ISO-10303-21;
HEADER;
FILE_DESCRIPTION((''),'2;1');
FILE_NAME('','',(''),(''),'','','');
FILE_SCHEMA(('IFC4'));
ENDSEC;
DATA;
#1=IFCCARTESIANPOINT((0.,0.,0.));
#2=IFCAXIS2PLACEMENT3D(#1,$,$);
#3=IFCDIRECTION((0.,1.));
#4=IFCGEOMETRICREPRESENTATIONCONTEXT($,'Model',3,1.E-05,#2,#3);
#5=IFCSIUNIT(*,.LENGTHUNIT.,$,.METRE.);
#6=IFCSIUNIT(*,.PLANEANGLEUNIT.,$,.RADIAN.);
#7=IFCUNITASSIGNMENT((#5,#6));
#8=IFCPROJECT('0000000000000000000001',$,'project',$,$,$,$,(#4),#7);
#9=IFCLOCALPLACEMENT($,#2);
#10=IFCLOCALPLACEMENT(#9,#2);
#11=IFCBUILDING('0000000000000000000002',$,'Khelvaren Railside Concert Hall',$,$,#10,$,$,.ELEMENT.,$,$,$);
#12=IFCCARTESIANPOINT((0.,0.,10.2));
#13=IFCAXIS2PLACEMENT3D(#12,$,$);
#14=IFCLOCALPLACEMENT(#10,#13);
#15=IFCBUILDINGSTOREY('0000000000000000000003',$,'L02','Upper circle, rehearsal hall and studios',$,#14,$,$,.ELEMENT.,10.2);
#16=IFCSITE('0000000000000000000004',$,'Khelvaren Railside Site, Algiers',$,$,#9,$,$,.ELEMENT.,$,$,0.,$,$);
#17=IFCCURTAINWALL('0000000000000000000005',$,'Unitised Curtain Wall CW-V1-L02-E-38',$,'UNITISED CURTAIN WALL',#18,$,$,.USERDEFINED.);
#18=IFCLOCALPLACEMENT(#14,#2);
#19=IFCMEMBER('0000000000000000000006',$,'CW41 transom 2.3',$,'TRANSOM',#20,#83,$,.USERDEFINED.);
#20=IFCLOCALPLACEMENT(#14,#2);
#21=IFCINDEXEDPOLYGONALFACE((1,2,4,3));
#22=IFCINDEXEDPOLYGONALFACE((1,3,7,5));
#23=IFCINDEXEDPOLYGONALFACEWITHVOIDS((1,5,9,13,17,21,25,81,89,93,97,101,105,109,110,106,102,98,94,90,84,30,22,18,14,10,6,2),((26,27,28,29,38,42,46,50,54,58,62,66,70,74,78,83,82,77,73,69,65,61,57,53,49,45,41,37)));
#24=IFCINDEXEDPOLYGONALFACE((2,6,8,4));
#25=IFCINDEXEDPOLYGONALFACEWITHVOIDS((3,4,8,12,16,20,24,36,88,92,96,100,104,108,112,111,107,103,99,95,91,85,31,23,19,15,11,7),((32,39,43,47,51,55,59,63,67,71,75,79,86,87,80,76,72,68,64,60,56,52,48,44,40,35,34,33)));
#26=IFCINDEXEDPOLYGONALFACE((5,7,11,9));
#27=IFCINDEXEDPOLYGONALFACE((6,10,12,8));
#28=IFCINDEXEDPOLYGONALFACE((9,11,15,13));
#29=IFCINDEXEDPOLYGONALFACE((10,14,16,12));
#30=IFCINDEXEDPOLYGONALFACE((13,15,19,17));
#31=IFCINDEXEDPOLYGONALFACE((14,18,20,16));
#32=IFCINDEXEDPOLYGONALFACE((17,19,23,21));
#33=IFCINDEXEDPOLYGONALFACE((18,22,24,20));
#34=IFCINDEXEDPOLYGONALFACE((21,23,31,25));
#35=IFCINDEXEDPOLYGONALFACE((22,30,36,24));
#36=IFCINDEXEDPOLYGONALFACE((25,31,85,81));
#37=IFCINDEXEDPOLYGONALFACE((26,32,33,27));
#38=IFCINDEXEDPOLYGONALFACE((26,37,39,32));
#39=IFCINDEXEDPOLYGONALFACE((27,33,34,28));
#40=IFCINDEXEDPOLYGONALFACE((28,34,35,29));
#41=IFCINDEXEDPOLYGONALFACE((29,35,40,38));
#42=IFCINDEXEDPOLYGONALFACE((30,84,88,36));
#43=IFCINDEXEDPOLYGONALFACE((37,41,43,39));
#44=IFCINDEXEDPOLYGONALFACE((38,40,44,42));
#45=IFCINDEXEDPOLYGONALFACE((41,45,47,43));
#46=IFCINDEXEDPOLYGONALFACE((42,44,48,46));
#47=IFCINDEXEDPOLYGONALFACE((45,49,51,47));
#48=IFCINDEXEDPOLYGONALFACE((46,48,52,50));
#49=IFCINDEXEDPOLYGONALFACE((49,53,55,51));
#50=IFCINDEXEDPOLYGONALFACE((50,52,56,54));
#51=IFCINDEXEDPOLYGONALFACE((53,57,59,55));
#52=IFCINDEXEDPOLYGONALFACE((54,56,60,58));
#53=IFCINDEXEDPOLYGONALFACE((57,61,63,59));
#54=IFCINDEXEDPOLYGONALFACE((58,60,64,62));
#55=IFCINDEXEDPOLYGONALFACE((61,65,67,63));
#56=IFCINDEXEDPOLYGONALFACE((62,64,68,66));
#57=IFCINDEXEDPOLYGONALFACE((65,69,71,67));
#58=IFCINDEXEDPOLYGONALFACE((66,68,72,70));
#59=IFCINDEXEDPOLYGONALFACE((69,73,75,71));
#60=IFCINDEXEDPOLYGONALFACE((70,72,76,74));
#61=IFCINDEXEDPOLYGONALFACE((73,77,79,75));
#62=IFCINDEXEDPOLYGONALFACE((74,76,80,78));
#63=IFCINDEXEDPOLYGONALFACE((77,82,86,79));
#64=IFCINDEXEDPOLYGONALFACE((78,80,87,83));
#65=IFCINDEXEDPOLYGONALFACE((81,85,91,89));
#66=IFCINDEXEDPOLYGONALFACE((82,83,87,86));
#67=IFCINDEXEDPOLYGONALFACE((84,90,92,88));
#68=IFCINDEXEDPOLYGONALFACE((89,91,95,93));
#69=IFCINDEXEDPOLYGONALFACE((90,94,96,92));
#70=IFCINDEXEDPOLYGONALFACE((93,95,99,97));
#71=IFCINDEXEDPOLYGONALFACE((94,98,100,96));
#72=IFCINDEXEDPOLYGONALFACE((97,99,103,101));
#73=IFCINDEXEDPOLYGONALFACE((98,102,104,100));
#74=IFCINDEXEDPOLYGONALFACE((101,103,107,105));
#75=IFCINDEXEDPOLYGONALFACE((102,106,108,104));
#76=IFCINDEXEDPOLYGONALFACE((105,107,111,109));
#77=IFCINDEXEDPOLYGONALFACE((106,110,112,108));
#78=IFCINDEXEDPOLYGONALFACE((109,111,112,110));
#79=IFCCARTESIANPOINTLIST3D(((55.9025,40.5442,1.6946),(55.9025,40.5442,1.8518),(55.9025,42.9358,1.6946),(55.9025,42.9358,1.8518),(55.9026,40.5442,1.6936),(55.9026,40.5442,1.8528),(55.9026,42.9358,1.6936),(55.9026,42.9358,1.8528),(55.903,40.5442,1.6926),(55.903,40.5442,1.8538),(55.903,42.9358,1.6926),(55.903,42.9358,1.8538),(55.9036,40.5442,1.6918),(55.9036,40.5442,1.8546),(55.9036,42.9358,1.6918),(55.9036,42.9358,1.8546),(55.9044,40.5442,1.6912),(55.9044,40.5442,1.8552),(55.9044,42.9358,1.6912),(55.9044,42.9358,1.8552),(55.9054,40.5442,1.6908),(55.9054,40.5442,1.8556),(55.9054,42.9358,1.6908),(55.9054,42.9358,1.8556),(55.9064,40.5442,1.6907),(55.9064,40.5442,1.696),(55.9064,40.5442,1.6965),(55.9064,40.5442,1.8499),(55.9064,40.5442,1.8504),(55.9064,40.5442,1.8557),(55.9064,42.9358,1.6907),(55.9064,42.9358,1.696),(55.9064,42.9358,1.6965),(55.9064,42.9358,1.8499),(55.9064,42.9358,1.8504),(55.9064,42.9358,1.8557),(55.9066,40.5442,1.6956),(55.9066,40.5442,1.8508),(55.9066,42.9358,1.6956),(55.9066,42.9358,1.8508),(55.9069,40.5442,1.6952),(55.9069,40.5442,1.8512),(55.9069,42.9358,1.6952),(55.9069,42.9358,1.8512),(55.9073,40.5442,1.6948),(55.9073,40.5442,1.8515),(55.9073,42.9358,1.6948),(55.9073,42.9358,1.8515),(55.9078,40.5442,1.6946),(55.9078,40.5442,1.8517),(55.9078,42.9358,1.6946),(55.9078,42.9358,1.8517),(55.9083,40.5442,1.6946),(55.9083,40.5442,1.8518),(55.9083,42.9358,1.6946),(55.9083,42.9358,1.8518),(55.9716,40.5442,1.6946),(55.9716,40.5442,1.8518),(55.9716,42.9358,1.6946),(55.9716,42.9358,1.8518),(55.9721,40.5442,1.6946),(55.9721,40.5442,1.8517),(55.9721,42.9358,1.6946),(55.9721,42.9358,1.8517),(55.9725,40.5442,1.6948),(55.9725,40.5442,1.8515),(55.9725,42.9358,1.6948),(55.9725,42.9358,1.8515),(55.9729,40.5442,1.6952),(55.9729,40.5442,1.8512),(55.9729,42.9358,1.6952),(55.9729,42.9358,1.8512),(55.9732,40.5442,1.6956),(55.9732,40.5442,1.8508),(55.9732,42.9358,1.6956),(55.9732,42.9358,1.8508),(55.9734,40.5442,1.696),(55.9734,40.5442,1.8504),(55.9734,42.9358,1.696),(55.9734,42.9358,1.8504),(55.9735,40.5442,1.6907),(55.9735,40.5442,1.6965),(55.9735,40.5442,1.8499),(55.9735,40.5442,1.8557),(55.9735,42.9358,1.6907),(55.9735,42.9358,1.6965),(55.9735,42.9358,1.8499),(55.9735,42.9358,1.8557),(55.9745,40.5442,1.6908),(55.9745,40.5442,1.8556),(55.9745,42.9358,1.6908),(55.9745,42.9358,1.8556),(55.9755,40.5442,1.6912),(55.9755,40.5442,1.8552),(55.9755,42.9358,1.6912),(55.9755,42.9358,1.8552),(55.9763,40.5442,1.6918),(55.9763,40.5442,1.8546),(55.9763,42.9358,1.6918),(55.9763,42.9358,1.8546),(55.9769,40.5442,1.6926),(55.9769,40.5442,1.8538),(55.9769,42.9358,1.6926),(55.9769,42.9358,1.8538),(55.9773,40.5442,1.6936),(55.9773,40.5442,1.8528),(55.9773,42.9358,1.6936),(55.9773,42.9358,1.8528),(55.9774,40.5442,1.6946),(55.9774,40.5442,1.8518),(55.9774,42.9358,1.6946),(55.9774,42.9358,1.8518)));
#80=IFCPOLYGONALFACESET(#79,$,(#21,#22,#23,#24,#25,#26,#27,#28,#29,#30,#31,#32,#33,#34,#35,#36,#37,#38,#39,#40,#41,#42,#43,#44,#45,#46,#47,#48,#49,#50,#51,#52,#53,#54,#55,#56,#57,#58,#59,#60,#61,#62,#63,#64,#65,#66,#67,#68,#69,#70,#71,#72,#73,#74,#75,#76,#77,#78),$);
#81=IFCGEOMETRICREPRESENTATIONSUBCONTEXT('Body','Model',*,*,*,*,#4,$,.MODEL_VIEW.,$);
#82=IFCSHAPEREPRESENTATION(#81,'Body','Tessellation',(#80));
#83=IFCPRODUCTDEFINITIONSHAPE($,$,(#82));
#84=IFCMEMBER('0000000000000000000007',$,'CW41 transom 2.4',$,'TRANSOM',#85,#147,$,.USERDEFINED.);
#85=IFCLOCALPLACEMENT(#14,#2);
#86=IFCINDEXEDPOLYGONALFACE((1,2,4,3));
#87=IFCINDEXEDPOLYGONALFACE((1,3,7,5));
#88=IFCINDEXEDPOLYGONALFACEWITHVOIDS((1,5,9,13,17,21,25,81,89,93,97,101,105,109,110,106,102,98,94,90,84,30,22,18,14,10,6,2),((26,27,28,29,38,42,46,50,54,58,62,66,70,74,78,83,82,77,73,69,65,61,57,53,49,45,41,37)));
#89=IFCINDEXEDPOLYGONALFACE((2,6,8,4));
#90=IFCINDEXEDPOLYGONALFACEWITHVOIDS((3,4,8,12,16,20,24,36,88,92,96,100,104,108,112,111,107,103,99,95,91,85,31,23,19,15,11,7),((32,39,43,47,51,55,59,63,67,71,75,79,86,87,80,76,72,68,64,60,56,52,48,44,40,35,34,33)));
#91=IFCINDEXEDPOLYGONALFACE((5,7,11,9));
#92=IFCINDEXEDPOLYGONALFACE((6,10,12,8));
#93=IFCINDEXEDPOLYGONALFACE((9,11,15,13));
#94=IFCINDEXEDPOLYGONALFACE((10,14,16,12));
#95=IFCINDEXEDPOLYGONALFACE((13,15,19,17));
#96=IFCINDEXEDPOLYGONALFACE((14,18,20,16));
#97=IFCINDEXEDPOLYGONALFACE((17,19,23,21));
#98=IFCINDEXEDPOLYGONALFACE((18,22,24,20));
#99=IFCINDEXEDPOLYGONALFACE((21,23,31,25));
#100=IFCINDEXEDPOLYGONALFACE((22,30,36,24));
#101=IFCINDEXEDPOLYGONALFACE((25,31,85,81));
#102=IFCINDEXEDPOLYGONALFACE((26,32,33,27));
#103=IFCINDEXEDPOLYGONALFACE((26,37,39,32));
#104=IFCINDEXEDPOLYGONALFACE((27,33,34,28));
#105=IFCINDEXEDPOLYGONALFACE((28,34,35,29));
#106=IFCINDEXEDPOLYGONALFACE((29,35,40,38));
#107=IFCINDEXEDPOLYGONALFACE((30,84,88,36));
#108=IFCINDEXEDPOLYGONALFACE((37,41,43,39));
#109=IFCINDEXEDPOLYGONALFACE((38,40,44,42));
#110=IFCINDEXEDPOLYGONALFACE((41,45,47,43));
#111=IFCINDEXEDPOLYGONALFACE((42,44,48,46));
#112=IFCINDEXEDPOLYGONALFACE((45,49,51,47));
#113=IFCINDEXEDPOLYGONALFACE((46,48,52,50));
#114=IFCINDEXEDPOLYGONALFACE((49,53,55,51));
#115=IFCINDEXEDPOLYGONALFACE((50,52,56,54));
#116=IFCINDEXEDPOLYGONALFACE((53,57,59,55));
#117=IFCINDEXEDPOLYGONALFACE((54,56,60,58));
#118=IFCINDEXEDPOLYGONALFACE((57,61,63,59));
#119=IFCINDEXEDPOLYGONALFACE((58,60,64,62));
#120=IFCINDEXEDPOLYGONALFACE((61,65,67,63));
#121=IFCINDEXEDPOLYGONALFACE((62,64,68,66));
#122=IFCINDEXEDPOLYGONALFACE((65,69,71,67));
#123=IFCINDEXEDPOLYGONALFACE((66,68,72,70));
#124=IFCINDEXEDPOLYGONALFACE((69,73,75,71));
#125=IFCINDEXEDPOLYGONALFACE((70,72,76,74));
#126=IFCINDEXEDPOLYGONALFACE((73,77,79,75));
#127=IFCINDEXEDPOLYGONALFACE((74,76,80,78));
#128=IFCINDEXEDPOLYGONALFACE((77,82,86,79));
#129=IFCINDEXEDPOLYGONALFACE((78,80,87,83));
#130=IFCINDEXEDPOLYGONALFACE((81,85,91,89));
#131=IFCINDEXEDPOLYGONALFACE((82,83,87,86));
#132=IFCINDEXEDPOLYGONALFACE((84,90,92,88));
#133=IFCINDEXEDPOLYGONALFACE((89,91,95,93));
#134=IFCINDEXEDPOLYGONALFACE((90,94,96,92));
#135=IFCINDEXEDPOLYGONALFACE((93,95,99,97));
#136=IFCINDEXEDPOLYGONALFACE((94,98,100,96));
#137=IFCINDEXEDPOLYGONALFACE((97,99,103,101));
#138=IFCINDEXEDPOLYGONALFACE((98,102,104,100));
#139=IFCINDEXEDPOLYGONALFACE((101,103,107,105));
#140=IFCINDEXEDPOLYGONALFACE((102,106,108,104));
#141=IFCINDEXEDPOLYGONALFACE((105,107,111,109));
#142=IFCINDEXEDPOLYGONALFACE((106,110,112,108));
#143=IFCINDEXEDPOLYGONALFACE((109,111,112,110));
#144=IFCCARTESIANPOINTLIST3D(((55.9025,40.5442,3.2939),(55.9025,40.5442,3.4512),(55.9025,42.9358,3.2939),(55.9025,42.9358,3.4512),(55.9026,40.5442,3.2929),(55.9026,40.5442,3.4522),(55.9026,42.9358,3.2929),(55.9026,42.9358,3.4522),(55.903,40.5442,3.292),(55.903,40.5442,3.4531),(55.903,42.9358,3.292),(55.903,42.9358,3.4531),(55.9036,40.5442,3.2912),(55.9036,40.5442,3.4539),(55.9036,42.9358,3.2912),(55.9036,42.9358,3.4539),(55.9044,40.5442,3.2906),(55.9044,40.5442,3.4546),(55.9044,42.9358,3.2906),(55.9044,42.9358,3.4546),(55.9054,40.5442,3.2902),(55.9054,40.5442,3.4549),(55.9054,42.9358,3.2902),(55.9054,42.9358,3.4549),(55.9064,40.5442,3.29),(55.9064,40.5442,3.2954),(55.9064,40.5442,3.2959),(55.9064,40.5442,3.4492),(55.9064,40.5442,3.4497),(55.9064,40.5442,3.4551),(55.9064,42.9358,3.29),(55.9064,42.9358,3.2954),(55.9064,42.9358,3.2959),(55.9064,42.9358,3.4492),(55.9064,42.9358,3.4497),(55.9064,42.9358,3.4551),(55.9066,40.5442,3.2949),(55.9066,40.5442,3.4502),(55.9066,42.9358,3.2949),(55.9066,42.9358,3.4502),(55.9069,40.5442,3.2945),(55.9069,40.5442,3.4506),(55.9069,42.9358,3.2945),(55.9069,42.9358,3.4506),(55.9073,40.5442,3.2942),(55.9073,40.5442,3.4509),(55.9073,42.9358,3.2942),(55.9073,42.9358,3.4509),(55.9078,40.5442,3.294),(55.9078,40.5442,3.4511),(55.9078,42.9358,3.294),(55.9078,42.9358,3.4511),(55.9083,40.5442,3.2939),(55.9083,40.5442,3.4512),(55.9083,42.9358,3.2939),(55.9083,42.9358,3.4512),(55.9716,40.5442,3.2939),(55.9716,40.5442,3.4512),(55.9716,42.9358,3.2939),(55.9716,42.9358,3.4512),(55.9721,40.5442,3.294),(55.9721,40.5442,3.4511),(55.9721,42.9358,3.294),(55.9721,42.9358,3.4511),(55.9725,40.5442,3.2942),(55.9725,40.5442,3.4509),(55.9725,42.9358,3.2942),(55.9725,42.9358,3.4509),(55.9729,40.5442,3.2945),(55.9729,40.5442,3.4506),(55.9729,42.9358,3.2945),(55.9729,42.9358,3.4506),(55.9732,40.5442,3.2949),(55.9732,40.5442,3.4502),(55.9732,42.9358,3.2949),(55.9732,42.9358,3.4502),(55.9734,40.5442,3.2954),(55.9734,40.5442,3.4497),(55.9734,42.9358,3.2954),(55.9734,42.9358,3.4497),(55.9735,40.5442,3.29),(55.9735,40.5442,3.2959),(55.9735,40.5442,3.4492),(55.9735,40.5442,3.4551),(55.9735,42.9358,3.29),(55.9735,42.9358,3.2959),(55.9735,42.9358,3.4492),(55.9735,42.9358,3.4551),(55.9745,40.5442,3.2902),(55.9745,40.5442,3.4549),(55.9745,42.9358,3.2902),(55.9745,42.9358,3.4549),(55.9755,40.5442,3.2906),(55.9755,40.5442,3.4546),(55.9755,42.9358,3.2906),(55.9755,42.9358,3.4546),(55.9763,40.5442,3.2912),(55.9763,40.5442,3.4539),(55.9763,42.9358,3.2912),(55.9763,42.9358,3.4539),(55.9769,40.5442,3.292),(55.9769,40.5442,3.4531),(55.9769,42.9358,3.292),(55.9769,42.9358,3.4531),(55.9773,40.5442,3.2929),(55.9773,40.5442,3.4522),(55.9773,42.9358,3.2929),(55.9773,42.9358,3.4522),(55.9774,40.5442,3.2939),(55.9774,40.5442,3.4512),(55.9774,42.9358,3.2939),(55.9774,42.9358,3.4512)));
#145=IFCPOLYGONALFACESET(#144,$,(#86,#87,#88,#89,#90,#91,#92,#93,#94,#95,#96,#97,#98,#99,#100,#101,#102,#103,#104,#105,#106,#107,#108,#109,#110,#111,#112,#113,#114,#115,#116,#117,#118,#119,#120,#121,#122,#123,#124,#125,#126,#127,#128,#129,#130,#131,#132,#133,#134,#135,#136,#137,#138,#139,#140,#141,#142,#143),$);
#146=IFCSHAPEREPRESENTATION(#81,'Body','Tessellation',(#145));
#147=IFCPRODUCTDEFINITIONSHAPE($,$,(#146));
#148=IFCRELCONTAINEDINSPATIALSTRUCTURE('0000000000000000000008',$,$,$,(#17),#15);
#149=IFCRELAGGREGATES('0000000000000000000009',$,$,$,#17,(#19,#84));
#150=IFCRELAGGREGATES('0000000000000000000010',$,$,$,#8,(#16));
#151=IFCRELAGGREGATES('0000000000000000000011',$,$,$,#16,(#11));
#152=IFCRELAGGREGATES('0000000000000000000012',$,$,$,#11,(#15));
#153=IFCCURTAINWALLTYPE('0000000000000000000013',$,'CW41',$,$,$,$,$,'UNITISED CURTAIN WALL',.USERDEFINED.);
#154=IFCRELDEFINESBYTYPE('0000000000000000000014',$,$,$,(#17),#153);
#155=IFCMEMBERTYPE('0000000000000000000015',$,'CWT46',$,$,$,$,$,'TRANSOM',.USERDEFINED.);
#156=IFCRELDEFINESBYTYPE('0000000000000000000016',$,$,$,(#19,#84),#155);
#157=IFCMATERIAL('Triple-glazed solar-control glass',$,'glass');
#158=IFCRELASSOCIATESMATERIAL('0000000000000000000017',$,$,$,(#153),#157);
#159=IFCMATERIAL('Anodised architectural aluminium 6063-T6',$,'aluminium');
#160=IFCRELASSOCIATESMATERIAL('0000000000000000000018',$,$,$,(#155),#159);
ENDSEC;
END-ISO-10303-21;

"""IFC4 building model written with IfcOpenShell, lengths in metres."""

from ifc_helpers import new_model, si_unit, direction, frame, origin, origin_2d, place, context, subcontext, project, spatial, hollow_rectangle, extrude, material, material_profile, profile_set, type_object, element, aggregate, save


model = new_model("IFC4")

# Units and contexts
model_context = context("Model", 3, precision=1e-05, world=origin(), true_north=direction((0.0, 1.0)))
body_context = subcontext(model_context, "Body", "Model", "MODEL_VIEW")
ifc_project = project(units=[si_unit("LENGTHUNIT", "METRE"), si_unit("PLANEANGLEUNIT", "RADIAN")], contexts=[model_context])

# Site, building, storey
site_placement = place(None, origin())
site = spatial("IfcSite", under=ifc_project, at=site_placement, Name="Khelvaren Railside Site, Algiers", CompositionType="ELEMENT", RefElevation=0.0)
building_placement = place(site_placement, origin())
building = spatial("IfcBuilding", under=site, at=building_placement, Name="Khelvaren Railside Concert Hall", CompositionType="ELEMENT")
storey_placement = place(building_placement, frame((0.0, 0.0, 10.2)))
storey = spatial("IfcBuildingStorey", under=building, at=storey_placement, Name="L02", Description="Upper circle, rehearsal hall and studios", CompositionType="ELEMENT", Elevation=10.2)

# Curtain wall, members
ifc_material_1 = material(Name="Triple-glazed solar-control glass", Category="glass")
curtain_wall_type = type_object("IfcCurtainWallType", Name="CW41", ElementType="UNITISED CURTAIN WALL", PredefinedType="USERDEFINED", material=ifc_material_1)
curtain_wall_placement = place(storey_placement, origin())
curtain_wall = element("IfcCurtainWall", 1, at=curtain_wall_placement, inside=storey, type_object=curtain_wall_type, Name="Unitised Curtain Wall CW-V1-L02-E-38", ObjectType="UNITISED CURTAIN WALL", PredefinedType="USERDEFINED")
ifc_material_2 = material(Name="Anodised architectural aluminium 6063-T6", Category="aluminium")
ifc_material_profile_1 = material_profile(ifc_material_2, hollow_rectangle(XDim=0.075, YDim=0.165, WallThickness=0.0039, InnerFilletRadius=0.002, OuterFilletRadius=0.0039, at=origin_2d()), Name="CWT 75x165x4")
ifc_profile_set_1 = profile_set([ifc_material_profile_1], Name="Anodised architectural aluminium 6063-T6")
member_type_1 = type_object("IfcMemberType", Name="CWT46", ElementType="TRANSOM", PredefinedType="USERDEFINED", material=ifc_profile_set_1)
member_1_placement = place(storey_placement, frame((55.9399, 42.9358, 1.7732), z_axis=(0.0, -1.0, 0.0), x_axis=(1.0, 0.0, 0.0)))
member_1 = element("IfcMember", 2, at=member_1_placement, type_object=member_type_1, Name="CW41 transom 2.3", ObjectType="TRANSOM", PredefinedType="USERDEFINED", context=body_context, shape_type="SweptSolid", body=[
    extrude(hollow_rectangle(XDim=0.075, YDim=0.165, WallThickness=0.0039, InnerFilletRadius=0.002, OuterFilletRadius=0.0039, at=origin_2d()), origin(), (0.0, 0.0, 1.0), 2.3916),
])
member_2_placement = place(storey_placement, frame((55.9399, 42.9358, 3.3726), z_axis=(0.0, -1.0, 0.0), x_axis=(1.0, 0.0, 0.0)))
member_2 = element("IfcMember", 3, at=member_2_placement, type_object=member_type_1, Name="CW41 transom 2.4", ObjectType="TRANSOM", PredefinedType="USERDEFINED", context=body_context, shape_type="SweptSolid", body=[
    extrude(hollow_rectangle(XDim=0.075, YDim=0.165, WallThickness=0.0039, InnerFilletRadius=0.002, OuterFilletRadius=0.0039, at=origin_2d()), origin(), (0.0, 0.0, 1.0), 2.3916),
])
aggregate(curtain_wall, [member_1, member_2])

save(model, "model.ifc")
